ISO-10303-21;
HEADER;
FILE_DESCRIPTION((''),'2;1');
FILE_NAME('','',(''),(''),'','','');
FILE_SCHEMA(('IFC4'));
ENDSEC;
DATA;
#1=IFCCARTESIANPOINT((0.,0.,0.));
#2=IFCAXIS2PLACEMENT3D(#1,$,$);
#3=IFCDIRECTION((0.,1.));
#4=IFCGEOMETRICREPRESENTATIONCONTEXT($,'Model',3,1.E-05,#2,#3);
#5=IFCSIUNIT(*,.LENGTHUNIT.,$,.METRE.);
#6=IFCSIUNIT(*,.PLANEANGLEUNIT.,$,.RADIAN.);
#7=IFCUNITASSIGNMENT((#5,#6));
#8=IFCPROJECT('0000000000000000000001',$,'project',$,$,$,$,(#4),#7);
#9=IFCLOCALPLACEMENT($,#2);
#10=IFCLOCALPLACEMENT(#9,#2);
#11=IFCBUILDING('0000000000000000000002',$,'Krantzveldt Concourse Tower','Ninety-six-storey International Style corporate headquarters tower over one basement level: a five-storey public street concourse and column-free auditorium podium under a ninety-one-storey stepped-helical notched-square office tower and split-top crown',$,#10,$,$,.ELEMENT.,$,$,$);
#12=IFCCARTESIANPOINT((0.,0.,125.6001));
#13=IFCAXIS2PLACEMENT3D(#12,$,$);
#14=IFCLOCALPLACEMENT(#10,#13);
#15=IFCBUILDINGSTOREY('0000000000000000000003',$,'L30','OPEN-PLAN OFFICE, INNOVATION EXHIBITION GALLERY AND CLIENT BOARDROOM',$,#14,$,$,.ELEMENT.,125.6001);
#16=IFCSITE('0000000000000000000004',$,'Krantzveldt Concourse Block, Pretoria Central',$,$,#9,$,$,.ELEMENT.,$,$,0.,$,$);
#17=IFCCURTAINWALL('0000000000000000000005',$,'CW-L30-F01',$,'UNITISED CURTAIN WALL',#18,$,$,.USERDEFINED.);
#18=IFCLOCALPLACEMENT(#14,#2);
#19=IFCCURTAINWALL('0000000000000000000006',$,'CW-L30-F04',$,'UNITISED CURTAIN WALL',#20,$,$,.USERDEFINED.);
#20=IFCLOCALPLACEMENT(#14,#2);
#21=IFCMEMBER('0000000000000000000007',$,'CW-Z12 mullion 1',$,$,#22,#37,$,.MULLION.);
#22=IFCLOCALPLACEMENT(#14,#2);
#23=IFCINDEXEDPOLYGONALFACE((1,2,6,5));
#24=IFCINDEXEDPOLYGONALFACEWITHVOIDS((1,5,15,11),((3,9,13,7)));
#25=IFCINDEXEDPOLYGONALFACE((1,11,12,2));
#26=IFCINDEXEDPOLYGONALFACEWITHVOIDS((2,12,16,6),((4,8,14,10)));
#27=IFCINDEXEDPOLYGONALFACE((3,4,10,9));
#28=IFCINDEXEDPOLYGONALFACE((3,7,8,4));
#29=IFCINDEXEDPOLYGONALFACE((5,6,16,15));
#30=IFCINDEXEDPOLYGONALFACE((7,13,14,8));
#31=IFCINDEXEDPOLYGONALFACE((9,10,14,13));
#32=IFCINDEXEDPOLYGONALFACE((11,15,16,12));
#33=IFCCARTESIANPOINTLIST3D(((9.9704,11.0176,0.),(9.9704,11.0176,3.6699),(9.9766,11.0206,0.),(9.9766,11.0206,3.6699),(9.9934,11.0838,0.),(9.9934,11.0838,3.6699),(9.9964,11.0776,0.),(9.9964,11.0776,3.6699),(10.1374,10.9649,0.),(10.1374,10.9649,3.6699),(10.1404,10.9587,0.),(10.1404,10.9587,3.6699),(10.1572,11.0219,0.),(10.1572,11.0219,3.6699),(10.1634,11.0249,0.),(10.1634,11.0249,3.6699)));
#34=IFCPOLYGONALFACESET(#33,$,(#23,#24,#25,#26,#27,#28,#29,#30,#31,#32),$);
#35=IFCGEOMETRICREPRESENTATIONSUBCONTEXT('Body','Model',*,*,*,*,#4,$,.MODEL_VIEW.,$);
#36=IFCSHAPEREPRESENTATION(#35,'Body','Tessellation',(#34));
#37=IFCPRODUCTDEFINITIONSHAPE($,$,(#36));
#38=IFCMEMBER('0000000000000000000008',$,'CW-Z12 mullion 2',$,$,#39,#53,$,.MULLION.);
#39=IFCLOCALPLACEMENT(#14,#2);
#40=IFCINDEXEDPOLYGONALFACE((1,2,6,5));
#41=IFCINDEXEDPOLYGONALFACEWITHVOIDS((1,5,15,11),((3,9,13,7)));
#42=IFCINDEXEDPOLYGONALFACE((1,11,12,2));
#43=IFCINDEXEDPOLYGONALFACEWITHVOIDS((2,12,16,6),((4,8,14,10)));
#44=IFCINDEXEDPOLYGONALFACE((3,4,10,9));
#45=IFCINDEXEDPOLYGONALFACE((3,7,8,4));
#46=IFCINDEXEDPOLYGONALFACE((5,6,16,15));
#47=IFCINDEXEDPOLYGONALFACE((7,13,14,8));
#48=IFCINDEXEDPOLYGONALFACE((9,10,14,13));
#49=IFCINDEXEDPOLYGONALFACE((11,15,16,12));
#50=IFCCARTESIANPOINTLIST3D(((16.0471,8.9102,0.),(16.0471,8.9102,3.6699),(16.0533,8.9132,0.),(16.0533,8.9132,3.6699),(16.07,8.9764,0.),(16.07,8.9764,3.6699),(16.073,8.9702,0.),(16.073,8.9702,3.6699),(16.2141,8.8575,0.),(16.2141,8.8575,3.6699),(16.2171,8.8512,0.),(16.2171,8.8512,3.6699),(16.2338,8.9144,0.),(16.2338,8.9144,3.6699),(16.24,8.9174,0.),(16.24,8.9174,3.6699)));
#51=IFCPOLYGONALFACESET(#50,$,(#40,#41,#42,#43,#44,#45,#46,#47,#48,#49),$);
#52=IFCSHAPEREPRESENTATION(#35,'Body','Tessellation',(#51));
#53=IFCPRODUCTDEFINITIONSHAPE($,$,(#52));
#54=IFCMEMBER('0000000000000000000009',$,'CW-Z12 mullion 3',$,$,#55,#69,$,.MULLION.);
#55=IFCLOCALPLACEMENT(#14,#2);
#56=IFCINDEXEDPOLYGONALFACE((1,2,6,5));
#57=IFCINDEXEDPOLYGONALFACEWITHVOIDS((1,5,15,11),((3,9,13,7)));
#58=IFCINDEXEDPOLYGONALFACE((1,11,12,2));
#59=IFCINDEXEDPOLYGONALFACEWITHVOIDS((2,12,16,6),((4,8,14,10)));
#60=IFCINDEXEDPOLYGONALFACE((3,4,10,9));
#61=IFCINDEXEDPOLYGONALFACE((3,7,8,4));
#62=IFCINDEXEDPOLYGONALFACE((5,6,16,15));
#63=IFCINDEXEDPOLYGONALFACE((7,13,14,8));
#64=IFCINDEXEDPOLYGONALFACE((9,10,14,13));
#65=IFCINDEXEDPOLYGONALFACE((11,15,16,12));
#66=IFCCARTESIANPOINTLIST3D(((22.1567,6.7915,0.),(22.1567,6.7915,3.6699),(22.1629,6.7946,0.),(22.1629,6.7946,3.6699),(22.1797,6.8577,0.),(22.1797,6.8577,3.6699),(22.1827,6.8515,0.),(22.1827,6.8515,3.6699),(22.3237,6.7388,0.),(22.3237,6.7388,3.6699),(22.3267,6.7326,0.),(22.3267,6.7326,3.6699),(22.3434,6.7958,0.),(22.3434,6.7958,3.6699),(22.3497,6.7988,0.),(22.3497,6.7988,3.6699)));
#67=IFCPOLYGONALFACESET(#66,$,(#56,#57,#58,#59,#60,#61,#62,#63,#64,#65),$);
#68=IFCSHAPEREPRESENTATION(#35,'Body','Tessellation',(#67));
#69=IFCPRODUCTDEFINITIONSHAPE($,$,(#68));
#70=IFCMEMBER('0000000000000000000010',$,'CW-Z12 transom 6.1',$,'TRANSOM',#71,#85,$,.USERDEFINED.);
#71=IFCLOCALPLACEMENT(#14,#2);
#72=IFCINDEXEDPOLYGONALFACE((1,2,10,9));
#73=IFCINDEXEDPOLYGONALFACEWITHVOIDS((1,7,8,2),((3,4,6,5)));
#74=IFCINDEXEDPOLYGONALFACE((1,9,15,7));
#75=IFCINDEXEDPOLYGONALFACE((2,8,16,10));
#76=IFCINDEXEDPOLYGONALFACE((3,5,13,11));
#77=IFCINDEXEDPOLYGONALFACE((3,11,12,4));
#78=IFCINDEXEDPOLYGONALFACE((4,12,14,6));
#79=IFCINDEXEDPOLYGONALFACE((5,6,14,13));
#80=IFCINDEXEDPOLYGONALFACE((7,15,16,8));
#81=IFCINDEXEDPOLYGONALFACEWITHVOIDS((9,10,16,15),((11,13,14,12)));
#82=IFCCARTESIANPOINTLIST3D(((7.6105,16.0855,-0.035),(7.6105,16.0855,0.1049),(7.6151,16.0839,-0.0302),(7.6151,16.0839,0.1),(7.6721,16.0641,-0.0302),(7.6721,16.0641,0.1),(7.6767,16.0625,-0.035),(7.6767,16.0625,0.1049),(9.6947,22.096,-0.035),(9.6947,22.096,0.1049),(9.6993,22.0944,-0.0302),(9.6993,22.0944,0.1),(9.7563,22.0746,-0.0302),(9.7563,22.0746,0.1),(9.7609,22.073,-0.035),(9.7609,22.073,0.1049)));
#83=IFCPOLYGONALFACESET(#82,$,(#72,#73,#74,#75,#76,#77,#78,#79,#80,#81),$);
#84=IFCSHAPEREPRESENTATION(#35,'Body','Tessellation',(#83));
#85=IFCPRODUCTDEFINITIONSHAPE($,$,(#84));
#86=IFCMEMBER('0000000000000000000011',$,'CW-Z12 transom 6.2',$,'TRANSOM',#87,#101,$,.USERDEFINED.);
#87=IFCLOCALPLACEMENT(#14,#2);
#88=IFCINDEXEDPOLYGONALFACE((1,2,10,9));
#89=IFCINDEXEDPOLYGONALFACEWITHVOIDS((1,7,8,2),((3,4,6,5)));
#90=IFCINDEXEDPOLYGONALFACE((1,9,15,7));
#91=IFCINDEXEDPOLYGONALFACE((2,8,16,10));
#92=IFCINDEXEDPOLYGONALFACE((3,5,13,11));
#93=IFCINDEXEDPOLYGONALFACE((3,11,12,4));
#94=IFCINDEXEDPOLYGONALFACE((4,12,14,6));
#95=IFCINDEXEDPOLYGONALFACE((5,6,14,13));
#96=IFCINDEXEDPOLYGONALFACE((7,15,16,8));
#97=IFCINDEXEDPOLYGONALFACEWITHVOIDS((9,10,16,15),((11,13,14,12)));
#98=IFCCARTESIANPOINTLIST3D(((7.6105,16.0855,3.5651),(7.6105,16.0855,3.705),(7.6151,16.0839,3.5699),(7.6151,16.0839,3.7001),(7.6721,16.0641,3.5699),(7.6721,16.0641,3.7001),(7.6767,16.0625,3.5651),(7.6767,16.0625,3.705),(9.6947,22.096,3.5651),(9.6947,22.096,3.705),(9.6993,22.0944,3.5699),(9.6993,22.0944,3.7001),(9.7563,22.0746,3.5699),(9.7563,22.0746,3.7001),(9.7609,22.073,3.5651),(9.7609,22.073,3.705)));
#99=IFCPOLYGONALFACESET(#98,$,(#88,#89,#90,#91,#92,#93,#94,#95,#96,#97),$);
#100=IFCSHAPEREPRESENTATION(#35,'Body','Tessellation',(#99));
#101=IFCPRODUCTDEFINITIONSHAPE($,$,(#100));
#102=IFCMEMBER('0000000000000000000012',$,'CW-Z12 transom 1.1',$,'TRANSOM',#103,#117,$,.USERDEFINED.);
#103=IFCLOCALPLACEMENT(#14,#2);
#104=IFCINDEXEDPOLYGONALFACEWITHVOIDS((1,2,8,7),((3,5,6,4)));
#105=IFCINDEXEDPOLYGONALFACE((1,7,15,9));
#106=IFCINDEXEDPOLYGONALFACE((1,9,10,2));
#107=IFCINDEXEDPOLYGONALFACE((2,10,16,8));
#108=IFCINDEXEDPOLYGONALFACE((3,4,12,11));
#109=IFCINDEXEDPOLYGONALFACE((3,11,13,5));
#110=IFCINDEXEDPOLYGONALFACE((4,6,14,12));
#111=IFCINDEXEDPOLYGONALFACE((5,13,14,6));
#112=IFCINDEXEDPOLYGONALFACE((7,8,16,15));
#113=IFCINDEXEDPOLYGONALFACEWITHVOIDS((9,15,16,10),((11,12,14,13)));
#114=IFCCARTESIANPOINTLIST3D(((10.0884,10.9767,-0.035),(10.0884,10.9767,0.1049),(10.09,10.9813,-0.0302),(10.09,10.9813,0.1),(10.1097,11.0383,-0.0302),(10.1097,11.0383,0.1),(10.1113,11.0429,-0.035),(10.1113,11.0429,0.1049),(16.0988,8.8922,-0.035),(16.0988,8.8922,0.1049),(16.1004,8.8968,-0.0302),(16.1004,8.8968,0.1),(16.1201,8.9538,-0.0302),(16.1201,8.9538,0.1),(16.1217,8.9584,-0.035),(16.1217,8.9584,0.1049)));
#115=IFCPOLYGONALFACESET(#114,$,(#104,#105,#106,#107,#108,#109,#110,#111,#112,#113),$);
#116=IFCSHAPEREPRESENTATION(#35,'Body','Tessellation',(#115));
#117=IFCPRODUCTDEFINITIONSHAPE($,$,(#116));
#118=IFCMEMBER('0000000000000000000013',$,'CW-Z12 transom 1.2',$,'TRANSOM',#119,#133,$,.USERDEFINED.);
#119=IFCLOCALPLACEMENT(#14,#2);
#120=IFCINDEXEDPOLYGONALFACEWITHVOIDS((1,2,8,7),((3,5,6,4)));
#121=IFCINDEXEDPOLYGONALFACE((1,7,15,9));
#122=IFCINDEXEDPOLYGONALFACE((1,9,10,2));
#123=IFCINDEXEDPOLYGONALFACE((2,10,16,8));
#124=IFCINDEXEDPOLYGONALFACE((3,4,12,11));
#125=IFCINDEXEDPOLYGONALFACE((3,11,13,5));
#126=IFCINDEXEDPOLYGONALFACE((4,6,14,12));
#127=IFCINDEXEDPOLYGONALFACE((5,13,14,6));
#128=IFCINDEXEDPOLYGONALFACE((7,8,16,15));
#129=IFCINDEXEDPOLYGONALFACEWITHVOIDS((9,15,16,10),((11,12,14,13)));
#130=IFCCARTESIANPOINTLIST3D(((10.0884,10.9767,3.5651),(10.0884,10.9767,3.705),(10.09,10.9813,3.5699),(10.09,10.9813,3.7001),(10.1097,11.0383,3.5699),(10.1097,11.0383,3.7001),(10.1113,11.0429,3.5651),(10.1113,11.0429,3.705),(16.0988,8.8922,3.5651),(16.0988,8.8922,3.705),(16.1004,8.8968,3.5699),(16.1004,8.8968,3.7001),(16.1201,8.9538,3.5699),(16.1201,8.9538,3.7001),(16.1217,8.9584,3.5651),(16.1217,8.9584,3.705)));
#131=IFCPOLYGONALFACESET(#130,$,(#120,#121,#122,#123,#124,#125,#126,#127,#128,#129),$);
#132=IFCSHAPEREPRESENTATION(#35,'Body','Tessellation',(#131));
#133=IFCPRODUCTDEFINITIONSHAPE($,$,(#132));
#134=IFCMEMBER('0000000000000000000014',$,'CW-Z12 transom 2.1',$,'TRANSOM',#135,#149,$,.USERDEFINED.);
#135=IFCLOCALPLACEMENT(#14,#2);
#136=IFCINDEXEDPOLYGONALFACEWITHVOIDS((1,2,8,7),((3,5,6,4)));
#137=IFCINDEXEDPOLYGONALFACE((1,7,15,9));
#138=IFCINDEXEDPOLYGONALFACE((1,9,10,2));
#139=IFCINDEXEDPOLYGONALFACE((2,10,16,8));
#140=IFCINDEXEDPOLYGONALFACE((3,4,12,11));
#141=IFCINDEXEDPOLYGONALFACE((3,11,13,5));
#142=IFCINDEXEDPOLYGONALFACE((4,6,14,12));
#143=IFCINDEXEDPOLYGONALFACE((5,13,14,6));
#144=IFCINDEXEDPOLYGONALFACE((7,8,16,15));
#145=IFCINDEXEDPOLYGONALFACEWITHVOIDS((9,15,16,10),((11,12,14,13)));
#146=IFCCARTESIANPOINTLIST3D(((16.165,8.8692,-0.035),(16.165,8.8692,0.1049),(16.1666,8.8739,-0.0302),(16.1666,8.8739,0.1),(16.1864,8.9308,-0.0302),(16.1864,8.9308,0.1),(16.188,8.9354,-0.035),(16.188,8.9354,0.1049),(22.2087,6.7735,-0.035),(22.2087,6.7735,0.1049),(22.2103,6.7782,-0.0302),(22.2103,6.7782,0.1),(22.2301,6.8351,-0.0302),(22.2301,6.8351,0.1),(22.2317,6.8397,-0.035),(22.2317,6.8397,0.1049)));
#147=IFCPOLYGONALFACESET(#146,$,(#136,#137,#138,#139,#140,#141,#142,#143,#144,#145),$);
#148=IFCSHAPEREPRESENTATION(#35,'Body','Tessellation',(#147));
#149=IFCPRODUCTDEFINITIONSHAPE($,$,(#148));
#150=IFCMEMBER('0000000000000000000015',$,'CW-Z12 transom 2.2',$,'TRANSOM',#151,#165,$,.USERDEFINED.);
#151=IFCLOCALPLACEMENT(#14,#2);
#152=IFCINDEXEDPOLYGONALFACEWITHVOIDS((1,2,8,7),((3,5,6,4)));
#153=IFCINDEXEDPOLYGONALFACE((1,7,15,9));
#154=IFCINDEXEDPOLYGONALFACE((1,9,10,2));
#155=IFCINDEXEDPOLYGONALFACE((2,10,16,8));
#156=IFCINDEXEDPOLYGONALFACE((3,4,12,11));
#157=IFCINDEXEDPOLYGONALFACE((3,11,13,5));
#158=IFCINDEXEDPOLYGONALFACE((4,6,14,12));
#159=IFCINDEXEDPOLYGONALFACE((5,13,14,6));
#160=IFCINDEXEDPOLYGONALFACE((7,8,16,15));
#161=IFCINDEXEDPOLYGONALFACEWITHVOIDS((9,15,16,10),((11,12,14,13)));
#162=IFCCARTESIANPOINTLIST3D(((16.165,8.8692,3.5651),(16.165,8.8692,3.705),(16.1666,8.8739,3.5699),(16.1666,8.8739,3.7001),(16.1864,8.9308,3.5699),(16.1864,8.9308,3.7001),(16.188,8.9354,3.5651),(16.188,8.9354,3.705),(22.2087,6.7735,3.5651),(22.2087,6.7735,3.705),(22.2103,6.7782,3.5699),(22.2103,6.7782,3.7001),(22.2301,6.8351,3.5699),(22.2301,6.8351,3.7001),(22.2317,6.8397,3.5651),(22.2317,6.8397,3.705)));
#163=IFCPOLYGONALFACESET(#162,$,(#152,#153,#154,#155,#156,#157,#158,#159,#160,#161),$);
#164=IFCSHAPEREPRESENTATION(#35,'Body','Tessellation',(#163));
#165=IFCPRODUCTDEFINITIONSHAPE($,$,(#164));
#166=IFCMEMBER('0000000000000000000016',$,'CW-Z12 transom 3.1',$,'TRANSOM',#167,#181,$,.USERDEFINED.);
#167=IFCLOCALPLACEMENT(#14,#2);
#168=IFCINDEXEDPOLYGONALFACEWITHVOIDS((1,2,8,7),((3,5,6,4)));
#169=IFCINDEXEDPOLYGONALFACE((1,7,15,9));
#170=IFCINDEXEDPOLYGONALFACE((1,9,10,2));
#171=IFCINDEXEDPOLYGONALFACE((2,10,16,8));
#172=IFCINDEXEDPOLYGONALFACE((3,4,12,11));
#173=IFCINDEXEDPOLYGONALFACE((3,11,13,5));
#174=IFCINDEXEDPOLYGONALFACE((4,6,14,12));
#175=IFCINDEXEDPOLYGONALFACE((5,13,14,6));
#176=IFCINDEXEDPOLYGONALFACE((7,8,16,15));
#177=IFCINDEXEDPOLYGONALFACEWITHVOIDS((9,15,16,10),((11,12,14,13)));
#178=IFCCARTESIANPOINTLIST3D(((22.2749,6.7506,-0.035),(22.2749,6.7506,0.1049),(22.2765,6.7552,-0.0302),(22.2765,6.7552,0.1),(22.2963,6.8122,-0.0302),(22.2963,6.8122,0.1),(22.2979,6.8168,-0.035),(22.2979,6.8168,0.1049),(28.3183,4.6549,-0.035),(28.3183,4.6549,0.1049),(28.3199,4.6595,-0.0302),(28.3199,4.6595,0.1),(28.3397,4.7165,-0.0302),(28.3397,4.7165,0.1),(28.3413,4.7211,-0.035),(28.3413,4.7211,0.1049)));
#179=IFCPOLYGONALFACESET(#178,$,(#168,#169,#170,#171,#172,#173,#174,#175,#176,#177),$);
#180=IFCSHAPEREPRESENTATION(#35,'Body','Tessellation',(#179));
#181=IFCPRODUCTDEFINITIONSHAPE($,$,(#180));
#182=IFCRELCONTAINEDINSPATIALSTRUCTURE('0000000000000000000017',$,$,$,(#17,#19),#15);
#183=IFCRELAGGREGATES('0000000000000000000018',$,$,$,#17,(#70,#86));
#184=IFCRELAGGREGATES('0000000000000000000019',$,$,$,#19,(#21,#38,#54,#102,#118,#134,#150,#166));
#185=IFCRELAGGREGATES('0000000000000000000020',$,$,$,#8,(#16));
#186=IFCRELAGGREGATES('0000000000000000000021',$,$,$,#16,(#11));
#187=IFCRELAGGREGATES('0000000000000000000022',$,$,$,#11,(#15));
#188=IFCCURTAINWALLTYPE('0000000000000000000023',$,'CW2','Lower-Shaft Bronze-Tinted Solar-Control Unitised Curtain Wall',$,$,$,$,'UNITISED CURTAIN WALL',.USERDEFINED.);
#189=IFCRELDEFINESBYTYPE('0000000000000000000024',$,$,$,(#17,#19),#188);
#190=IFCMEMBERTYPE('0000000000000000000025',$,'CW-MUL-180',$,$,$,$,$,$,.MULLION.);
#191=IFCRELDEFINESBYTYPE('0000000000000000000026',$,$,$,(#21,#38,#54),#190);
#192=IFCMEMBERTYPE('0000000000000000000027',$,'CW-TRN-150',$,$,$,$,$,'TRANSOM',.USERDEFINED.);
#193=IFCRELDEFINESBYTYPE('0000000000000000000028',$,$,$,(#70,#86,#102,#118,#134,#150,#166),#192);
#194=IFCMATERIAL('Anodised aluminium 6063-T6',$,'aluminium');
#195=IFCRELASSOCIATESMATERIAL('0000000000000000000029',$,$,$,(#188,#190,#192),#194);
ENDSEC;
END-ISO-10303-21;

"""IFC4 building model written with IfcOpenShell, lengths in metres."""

from ifc_helpers import new_model, si_unit, direction, frame, origin, origin_2d, place, context, subcontext, project, spatial, hollow_rectangle, extrude, source, transform, mapped, material, material_profile, profile_set, type_object, type_shapes, element, aggregate, save


model = new_model("IFC4")

# Units and contexts
model_context = context("Model", 3, precision=1e-05, world=origin(), true_north=direction((0.0, 1.0)))
body_context = subcontext(model_context, "Body", "Model", "MODEL_VIEW")
ifc_project = project(units=[si_unit("LENGTHUNIT", "METRE"), si_unit("PLANEANGLEUNIT", "RADIAN")], contexts=[model_context])

# Site, building, storey
site_placement = place(None, origin())
site = spatial("IfcSite", under=ifc_project, at=site_placement, Name="Krantzveldt Concourse Block, Pretoria Central", CompositionType="ELEMENT", RefElevation=0.0)
building_placement = place(site_placement, origin())
building = spatial("IfcBuilding", under=site, at=building_placement, Name="Krantzveldt Concourse Tower", Description="Ninety-six-storey International Style corporate headquarters tower over one basement level: a five-storey public street concourse and column-free auditorium podium under a ninety-one-storey stepped-helical notched-square office tower and split-top crown", CompositionType="ELEMENT")
storey_placement = place(building_placement, frame((0.0, 0.0, 125.6001)))
storey = spatial("IfcBuildingStorey", under=building, at=storey_placement, Name="L30", Description="OPEN-PLAN OFFICE, INNOVATION EXHIBITION GALLERY AND CLIENT BOARDROOM", CompositionType="ELEMENT", Elevation=125.6001)

# Curtain walls, members
ifc_material_1 = material(Name="Anodised aluminium 6063-T6", Category="aluminium")
curtain_wall_type = type_object("IfcCurtainWallType", Name="CW2", Description="Lower-Shaft Bronze-Tinted Solar-Control Unitised Curtain Wall", ElementType="UNITISED CURTAIN WALL", PredefinedType="USERDEFINED", material=ifc_material_1)
curtain_wall_1_placement = place(storey_placement, origin())
curtain_wall_1 = element("IfcCurtainWall", 1, at=curtain_wall_1_placement, inside=storey, type_object=curtain_wall_type, Name="CW-L30-F01", ObjectType="UNITISED CURTAIN WALL", PredefinedType="USERDEFINED")
ifc_material_profile_1 = material_profile(ifc_material_1, hollow_rectangle(XDim=0.0701, YDim=0.1799, WallThickness=0.0049, at=origin_2d()), Name="Anodised aluminium 6063-T6", Category="aluminium")
ifc_profile_set_1 = profile_set([ifc_material_profile_1], Name="Anodised aluminium 6063-T6 - ALU-MULL 180x70x5")
member_type_1 = type_object("IfcMemberType", Name="CW-MUL-180", PredefinedType="MULLION", material=ifc_profile_set_1)
shared_shape_1 = source(origin(), body_context, "Body", "SweptSolid", [
    extrude(hollow_rectangle(XDim=0.0701, YDim=0.1799, WallThickness=0.0049, at=origin_2d()), origin(), (0.0, 0.0, 1.0), 3.6699),
])
type_shapes(member_type_1, [shared_shape_1])
curtain_wall_2_placement = place(storey_placement, origin())
curtain_wall_2 = element("IfcCurtainWall", 2, at=curtain_wall_2_placement, inside=storey, type_object=curtain_wall_type, Name="CW-L30-F04", ObjectType="UNITISED CURTAIN WALL", PredefinedType="USERDEFINED")
member_1_placement = place(storey_placement, frame((10.0669, 11.0212, 0.0), z_axis=(0.0, 0.0, 1.0), x_axis=(0.32763, 0.944806, 0.0)))
member_1 = element("IfcMember", 3, at=member_1_placement, type_object=member_type_1, Name="CW-Z12 mullion 1", PredefinedType="MULLION", context=body_context, shape_type="MappedRepresentation", body=[
    mapped(shared_shape_1, transform((0.0, 0.0, 0.0), x_axis=(1.0, 0.0, 0.0), y_axis=(0.0, 1.0, 0.0), z_axis=(0.0, 0.0, 1.0), scale=1.0)),
])
member_2_placement = place(storey_placement, frame((16.1436, 8.9138, 0.0), z_axis=(0.0, 0.0, 1.0), x_axis=(0.32763, 0.944806, 0.0)))
member_2 = element("IfcMember", 4, at=member_2_placement, type_object=member_type_1, Name="CW-Z12 mullion 2", PredefinedType="MULLION", context=body_context, shape_type="MappedRepresentation", body=[
    mapped(shared_shape_1, transform((0.0, 0.0, 0.0), x_axis=(1.0, 0.0, 0.0), y_axis=(0.0, 1.0, 0.0), z_axis=(0.0, 0.0, 1.0), scale=1.0)),
])
member_3_placement = place(storey_placement, frame((22.2532, 6.7952, 0.0), z_axis=(0.0, 0.0, 1.0), x_axis=(0.32763, 0.944806, 0.0)))
member_3 = element("IfcMember", 5, at=member_3_placement, type_object=member_type_1, Name="CW-Z12 mullion 3", PredefinedType="MULLION", context=body_context, shape_type="MappedRepresentation", body=[
    mapped(shared_shape_1, transform((0.0, 0.0, 0.0), x_axis=(1.0, 0.0, 0.0), y_axis=(0.0, 1.0, 0.0), z_axis=(0.0, 0.0, 1.0), scale=1.0)),
])

# Members
ifc_material_profile_2 = material_profile(ifc_material_1, hollow_rectangle(XDim=0.0701, YDim=0.1399, WallThickness=0.0049, at=origin_2d()), Name="Anodised aluminium 6063-T6", Category="aluminium")
ifc_profile_set_2 = profile_set([ifc_material_profile_2], Name="Anodised aluminium 6063-T6 - ALU-TRAN 140x70x5")
member_type_2 = type_object("IfcMemberType", Name="CW-TRN-150", ElementType="TRANSOM", PredefinedType="USERDEFINED", material=ifc_profile_set_2)
shared_shape_2 = source(origin(), body_context, "Body", "SweptSolid", [
    extrude(hollow_rectangle(XDim=0.0701, YDim=0.1399, WallThickness=0.0049, at=origin_2d()), origin(), (0.0, 0.0, 1.0), 6.3616),
])
member_4_placement = place(storey_placement, frame((9.7278, 22.0845, 0.0349), z_axis=(-0.327626, -0.944808, 0.0), x_axis=(0.944808, -0.327626, 0.0)))
member_4 = element("IfcMember", 6, at=member_4_placement, type_object=member_type_2, Name="CW-Z12 transom 6.1", ObjectType="TRANSOM", PredefinedType="USERDEFINED", context=body_context, shape_type="MappedRepresentation", body=[
    mapped(shared_shape_2, transform((0.0, 0.0, 0.0), x_axis=(1.0, 0.0, 0.0), y_axis=(0.0, 1.0, 0.0), z_axis=(0.0, 0.0, 1.0), scale=1.0)),
])
member_5_placement = place(storey_placement, frame((9.7278, 22.0845, 3.635), z_axis=(-0.327626, -0.944808, 0.0), x_axis=(0.944808, -0.327626, 0.0)))
member_5 = element("IfcMember", 7, at=member_5_placement, type_object=member_type_2, Name="CW-Z12 transom 6.2", ObjectType="TRANSOM", PredefinedType="USERDEFINED", context=body_context, shape_type="MappedRepresentation", body=[
    mapped(shared_shape_2, transform((0.0, 0.0, 0.0), x_axis=(1.0, 0.0, 0.0), y_axis=(0.0, 1.0, 0.0), z_axis=(0.0, 0.0, 1.0), scale=1.0)),
])
member_6_placement = place(storey_placement, frame((10.0999, 11.0098, 0.0349), z_axis=(0.944796, -0.32766, 0.0), x_axis=(0.32766, 0.944796, 0.0)))
member_6 = element("IfcMember", 8, at=member_6_placement, type_object=member_type_2, Name="CW-Z12 transom 1.1", ObjectType="TRANSOM", PredefinedType="USERDEFINED", context=body_context, shape_type="MappedRepresentation", body=[
    mapped(shared_shape_2, transform((0.0, 0.0, 0.0), x_axis=(1.0, 0.0, 0.0), y_axis=(0.0, 1.0, 0.0), z_axis=(0.0, 0.0, 1.0), scale=1.0)),
])
member_7_placement = place(storey_placement, frame((10.0999, 11.0098, 3.635), z_axis=(0.944796, -0.32766, 0.0), x_axis=(0.32766, 0.944796, 0.0)))
member_7 = element("IfcMember", 9, at=member_7_placement, type_object=member_type_2, Name="CW-Z12 transom 1.2", ObjectType="TRANSOM", PredefinedType="USERDEFINED", context=body_context, shape_type="MappedRepresentation", body=[
    mapped(shared_shape_2, transform((0.0, 0.0, 0.0), x_axis=(1.0, 0.0, 0.0), y_axis=(0.0, 1.0, 0.0), z_axis=(0.0, 0.0, 1.0), scale=1.0)),
])
shared_shape_3 = source(origin(), body_context, "Body", "SweptSolid", [
    extrude(hollow_rectangle(XDim=0.0701, YDim=0.1399, WallThickness=0.0049, at=origin_2d()), origin(), (0.0, 0.0, 1.0), 6.3967),
])
member_8_placement = place(storey_placement, frame((16.1765, 8.9023, 0.0349), z_axis=(0.944809, -0.32762, 0.0), x_axis=(0.32762, 0.944809, 0.0)))
member_8 = element("IfcMember", 10, at=member_8_placement, type_object=member_type_2, Name="CW-Z12 transom 2.1", ObjectType="TRANSOM", PredefinedType="USERDEFINED", context=body_context, shape_type="MappedRepresentation", body=[
    mapped(shared_shape_3, transform((0.0, 0.0, 0.0), x_axis=(1.0, 0.0, 0.0), y_axis=(0.0, 1.0, 0.0), z_axis=(0.0, 0.0, 1.0), scale=1.0)),
])
member_9_placement = place(storey_placement, frame((16.1765, 8.9023, 3.635), z_axis=(0.944809, -0.32762, 0.0), x_axis=(0.32762, 0.944809, 0.0)))
member_9 = element("IfcMember", 11, at=member_9_placement, type_object=member_type_2, Name="CW-Z12 transom 2.2", ObjectType="TRANSOM", PredefinedType="USERDEFINED", context=body_context, shape_type="MappedRepresentation", body=[
    mapped(shared_shape_3, transform((0.0, 0.0, 0.0), x_axis=(1.0, 0.0, 0.0), y_axis=(0.0, 1.0, 0.0), z_axis=(0.0, 0.0, 1.0), scale=1.0)),
])
shared_shape_4 = source(origin(), body_context, "Body", "SweptSolid", [
    extrude(hollow_rectangle(XDim=0.0701, YDim=0.1399, WallThickness=0.0049, at=origin_2d()), origin(), (0.0, 0.0, 1.0), 6.3965),
])
type_shapes(member_type_2, [shared_shape_2, shared_shape_3, shared_shape_4])
member_10_placement = place(storey_placement, frame((22.2864, 6.7837, 0.0349), z_axis=(0.944805, -0.327632, 0.0), x_axis=(0.327632, 0.944805, 0.0)))
member_10 = element("IfcMember", 12, at=member_10_placement, type_object=member_type_2, Name="CW-Z12 transom 3.1", ObjectType="TRANSOM", PredefinedType="USERDEFINED", context=body_context, shape_type="MappedRepresentation", body=[
    mapped(shared_shape_4, transform((0.0, 0.0, 0.0), x_axis=(1.0, 0.0, 0.0), y_axis=(0.0, 1.0, 0.0), z_axis=(0.0, 0.0, 1.0), scale=1.0)),
])

aggregate(curtain_wall_1, [member_4, member_5])
aggregate(curtain_wall_2, [member_1, member_2, member_3, member_6, member_7, member_8, member_9, member_10])

save(model, "model.ifc")
